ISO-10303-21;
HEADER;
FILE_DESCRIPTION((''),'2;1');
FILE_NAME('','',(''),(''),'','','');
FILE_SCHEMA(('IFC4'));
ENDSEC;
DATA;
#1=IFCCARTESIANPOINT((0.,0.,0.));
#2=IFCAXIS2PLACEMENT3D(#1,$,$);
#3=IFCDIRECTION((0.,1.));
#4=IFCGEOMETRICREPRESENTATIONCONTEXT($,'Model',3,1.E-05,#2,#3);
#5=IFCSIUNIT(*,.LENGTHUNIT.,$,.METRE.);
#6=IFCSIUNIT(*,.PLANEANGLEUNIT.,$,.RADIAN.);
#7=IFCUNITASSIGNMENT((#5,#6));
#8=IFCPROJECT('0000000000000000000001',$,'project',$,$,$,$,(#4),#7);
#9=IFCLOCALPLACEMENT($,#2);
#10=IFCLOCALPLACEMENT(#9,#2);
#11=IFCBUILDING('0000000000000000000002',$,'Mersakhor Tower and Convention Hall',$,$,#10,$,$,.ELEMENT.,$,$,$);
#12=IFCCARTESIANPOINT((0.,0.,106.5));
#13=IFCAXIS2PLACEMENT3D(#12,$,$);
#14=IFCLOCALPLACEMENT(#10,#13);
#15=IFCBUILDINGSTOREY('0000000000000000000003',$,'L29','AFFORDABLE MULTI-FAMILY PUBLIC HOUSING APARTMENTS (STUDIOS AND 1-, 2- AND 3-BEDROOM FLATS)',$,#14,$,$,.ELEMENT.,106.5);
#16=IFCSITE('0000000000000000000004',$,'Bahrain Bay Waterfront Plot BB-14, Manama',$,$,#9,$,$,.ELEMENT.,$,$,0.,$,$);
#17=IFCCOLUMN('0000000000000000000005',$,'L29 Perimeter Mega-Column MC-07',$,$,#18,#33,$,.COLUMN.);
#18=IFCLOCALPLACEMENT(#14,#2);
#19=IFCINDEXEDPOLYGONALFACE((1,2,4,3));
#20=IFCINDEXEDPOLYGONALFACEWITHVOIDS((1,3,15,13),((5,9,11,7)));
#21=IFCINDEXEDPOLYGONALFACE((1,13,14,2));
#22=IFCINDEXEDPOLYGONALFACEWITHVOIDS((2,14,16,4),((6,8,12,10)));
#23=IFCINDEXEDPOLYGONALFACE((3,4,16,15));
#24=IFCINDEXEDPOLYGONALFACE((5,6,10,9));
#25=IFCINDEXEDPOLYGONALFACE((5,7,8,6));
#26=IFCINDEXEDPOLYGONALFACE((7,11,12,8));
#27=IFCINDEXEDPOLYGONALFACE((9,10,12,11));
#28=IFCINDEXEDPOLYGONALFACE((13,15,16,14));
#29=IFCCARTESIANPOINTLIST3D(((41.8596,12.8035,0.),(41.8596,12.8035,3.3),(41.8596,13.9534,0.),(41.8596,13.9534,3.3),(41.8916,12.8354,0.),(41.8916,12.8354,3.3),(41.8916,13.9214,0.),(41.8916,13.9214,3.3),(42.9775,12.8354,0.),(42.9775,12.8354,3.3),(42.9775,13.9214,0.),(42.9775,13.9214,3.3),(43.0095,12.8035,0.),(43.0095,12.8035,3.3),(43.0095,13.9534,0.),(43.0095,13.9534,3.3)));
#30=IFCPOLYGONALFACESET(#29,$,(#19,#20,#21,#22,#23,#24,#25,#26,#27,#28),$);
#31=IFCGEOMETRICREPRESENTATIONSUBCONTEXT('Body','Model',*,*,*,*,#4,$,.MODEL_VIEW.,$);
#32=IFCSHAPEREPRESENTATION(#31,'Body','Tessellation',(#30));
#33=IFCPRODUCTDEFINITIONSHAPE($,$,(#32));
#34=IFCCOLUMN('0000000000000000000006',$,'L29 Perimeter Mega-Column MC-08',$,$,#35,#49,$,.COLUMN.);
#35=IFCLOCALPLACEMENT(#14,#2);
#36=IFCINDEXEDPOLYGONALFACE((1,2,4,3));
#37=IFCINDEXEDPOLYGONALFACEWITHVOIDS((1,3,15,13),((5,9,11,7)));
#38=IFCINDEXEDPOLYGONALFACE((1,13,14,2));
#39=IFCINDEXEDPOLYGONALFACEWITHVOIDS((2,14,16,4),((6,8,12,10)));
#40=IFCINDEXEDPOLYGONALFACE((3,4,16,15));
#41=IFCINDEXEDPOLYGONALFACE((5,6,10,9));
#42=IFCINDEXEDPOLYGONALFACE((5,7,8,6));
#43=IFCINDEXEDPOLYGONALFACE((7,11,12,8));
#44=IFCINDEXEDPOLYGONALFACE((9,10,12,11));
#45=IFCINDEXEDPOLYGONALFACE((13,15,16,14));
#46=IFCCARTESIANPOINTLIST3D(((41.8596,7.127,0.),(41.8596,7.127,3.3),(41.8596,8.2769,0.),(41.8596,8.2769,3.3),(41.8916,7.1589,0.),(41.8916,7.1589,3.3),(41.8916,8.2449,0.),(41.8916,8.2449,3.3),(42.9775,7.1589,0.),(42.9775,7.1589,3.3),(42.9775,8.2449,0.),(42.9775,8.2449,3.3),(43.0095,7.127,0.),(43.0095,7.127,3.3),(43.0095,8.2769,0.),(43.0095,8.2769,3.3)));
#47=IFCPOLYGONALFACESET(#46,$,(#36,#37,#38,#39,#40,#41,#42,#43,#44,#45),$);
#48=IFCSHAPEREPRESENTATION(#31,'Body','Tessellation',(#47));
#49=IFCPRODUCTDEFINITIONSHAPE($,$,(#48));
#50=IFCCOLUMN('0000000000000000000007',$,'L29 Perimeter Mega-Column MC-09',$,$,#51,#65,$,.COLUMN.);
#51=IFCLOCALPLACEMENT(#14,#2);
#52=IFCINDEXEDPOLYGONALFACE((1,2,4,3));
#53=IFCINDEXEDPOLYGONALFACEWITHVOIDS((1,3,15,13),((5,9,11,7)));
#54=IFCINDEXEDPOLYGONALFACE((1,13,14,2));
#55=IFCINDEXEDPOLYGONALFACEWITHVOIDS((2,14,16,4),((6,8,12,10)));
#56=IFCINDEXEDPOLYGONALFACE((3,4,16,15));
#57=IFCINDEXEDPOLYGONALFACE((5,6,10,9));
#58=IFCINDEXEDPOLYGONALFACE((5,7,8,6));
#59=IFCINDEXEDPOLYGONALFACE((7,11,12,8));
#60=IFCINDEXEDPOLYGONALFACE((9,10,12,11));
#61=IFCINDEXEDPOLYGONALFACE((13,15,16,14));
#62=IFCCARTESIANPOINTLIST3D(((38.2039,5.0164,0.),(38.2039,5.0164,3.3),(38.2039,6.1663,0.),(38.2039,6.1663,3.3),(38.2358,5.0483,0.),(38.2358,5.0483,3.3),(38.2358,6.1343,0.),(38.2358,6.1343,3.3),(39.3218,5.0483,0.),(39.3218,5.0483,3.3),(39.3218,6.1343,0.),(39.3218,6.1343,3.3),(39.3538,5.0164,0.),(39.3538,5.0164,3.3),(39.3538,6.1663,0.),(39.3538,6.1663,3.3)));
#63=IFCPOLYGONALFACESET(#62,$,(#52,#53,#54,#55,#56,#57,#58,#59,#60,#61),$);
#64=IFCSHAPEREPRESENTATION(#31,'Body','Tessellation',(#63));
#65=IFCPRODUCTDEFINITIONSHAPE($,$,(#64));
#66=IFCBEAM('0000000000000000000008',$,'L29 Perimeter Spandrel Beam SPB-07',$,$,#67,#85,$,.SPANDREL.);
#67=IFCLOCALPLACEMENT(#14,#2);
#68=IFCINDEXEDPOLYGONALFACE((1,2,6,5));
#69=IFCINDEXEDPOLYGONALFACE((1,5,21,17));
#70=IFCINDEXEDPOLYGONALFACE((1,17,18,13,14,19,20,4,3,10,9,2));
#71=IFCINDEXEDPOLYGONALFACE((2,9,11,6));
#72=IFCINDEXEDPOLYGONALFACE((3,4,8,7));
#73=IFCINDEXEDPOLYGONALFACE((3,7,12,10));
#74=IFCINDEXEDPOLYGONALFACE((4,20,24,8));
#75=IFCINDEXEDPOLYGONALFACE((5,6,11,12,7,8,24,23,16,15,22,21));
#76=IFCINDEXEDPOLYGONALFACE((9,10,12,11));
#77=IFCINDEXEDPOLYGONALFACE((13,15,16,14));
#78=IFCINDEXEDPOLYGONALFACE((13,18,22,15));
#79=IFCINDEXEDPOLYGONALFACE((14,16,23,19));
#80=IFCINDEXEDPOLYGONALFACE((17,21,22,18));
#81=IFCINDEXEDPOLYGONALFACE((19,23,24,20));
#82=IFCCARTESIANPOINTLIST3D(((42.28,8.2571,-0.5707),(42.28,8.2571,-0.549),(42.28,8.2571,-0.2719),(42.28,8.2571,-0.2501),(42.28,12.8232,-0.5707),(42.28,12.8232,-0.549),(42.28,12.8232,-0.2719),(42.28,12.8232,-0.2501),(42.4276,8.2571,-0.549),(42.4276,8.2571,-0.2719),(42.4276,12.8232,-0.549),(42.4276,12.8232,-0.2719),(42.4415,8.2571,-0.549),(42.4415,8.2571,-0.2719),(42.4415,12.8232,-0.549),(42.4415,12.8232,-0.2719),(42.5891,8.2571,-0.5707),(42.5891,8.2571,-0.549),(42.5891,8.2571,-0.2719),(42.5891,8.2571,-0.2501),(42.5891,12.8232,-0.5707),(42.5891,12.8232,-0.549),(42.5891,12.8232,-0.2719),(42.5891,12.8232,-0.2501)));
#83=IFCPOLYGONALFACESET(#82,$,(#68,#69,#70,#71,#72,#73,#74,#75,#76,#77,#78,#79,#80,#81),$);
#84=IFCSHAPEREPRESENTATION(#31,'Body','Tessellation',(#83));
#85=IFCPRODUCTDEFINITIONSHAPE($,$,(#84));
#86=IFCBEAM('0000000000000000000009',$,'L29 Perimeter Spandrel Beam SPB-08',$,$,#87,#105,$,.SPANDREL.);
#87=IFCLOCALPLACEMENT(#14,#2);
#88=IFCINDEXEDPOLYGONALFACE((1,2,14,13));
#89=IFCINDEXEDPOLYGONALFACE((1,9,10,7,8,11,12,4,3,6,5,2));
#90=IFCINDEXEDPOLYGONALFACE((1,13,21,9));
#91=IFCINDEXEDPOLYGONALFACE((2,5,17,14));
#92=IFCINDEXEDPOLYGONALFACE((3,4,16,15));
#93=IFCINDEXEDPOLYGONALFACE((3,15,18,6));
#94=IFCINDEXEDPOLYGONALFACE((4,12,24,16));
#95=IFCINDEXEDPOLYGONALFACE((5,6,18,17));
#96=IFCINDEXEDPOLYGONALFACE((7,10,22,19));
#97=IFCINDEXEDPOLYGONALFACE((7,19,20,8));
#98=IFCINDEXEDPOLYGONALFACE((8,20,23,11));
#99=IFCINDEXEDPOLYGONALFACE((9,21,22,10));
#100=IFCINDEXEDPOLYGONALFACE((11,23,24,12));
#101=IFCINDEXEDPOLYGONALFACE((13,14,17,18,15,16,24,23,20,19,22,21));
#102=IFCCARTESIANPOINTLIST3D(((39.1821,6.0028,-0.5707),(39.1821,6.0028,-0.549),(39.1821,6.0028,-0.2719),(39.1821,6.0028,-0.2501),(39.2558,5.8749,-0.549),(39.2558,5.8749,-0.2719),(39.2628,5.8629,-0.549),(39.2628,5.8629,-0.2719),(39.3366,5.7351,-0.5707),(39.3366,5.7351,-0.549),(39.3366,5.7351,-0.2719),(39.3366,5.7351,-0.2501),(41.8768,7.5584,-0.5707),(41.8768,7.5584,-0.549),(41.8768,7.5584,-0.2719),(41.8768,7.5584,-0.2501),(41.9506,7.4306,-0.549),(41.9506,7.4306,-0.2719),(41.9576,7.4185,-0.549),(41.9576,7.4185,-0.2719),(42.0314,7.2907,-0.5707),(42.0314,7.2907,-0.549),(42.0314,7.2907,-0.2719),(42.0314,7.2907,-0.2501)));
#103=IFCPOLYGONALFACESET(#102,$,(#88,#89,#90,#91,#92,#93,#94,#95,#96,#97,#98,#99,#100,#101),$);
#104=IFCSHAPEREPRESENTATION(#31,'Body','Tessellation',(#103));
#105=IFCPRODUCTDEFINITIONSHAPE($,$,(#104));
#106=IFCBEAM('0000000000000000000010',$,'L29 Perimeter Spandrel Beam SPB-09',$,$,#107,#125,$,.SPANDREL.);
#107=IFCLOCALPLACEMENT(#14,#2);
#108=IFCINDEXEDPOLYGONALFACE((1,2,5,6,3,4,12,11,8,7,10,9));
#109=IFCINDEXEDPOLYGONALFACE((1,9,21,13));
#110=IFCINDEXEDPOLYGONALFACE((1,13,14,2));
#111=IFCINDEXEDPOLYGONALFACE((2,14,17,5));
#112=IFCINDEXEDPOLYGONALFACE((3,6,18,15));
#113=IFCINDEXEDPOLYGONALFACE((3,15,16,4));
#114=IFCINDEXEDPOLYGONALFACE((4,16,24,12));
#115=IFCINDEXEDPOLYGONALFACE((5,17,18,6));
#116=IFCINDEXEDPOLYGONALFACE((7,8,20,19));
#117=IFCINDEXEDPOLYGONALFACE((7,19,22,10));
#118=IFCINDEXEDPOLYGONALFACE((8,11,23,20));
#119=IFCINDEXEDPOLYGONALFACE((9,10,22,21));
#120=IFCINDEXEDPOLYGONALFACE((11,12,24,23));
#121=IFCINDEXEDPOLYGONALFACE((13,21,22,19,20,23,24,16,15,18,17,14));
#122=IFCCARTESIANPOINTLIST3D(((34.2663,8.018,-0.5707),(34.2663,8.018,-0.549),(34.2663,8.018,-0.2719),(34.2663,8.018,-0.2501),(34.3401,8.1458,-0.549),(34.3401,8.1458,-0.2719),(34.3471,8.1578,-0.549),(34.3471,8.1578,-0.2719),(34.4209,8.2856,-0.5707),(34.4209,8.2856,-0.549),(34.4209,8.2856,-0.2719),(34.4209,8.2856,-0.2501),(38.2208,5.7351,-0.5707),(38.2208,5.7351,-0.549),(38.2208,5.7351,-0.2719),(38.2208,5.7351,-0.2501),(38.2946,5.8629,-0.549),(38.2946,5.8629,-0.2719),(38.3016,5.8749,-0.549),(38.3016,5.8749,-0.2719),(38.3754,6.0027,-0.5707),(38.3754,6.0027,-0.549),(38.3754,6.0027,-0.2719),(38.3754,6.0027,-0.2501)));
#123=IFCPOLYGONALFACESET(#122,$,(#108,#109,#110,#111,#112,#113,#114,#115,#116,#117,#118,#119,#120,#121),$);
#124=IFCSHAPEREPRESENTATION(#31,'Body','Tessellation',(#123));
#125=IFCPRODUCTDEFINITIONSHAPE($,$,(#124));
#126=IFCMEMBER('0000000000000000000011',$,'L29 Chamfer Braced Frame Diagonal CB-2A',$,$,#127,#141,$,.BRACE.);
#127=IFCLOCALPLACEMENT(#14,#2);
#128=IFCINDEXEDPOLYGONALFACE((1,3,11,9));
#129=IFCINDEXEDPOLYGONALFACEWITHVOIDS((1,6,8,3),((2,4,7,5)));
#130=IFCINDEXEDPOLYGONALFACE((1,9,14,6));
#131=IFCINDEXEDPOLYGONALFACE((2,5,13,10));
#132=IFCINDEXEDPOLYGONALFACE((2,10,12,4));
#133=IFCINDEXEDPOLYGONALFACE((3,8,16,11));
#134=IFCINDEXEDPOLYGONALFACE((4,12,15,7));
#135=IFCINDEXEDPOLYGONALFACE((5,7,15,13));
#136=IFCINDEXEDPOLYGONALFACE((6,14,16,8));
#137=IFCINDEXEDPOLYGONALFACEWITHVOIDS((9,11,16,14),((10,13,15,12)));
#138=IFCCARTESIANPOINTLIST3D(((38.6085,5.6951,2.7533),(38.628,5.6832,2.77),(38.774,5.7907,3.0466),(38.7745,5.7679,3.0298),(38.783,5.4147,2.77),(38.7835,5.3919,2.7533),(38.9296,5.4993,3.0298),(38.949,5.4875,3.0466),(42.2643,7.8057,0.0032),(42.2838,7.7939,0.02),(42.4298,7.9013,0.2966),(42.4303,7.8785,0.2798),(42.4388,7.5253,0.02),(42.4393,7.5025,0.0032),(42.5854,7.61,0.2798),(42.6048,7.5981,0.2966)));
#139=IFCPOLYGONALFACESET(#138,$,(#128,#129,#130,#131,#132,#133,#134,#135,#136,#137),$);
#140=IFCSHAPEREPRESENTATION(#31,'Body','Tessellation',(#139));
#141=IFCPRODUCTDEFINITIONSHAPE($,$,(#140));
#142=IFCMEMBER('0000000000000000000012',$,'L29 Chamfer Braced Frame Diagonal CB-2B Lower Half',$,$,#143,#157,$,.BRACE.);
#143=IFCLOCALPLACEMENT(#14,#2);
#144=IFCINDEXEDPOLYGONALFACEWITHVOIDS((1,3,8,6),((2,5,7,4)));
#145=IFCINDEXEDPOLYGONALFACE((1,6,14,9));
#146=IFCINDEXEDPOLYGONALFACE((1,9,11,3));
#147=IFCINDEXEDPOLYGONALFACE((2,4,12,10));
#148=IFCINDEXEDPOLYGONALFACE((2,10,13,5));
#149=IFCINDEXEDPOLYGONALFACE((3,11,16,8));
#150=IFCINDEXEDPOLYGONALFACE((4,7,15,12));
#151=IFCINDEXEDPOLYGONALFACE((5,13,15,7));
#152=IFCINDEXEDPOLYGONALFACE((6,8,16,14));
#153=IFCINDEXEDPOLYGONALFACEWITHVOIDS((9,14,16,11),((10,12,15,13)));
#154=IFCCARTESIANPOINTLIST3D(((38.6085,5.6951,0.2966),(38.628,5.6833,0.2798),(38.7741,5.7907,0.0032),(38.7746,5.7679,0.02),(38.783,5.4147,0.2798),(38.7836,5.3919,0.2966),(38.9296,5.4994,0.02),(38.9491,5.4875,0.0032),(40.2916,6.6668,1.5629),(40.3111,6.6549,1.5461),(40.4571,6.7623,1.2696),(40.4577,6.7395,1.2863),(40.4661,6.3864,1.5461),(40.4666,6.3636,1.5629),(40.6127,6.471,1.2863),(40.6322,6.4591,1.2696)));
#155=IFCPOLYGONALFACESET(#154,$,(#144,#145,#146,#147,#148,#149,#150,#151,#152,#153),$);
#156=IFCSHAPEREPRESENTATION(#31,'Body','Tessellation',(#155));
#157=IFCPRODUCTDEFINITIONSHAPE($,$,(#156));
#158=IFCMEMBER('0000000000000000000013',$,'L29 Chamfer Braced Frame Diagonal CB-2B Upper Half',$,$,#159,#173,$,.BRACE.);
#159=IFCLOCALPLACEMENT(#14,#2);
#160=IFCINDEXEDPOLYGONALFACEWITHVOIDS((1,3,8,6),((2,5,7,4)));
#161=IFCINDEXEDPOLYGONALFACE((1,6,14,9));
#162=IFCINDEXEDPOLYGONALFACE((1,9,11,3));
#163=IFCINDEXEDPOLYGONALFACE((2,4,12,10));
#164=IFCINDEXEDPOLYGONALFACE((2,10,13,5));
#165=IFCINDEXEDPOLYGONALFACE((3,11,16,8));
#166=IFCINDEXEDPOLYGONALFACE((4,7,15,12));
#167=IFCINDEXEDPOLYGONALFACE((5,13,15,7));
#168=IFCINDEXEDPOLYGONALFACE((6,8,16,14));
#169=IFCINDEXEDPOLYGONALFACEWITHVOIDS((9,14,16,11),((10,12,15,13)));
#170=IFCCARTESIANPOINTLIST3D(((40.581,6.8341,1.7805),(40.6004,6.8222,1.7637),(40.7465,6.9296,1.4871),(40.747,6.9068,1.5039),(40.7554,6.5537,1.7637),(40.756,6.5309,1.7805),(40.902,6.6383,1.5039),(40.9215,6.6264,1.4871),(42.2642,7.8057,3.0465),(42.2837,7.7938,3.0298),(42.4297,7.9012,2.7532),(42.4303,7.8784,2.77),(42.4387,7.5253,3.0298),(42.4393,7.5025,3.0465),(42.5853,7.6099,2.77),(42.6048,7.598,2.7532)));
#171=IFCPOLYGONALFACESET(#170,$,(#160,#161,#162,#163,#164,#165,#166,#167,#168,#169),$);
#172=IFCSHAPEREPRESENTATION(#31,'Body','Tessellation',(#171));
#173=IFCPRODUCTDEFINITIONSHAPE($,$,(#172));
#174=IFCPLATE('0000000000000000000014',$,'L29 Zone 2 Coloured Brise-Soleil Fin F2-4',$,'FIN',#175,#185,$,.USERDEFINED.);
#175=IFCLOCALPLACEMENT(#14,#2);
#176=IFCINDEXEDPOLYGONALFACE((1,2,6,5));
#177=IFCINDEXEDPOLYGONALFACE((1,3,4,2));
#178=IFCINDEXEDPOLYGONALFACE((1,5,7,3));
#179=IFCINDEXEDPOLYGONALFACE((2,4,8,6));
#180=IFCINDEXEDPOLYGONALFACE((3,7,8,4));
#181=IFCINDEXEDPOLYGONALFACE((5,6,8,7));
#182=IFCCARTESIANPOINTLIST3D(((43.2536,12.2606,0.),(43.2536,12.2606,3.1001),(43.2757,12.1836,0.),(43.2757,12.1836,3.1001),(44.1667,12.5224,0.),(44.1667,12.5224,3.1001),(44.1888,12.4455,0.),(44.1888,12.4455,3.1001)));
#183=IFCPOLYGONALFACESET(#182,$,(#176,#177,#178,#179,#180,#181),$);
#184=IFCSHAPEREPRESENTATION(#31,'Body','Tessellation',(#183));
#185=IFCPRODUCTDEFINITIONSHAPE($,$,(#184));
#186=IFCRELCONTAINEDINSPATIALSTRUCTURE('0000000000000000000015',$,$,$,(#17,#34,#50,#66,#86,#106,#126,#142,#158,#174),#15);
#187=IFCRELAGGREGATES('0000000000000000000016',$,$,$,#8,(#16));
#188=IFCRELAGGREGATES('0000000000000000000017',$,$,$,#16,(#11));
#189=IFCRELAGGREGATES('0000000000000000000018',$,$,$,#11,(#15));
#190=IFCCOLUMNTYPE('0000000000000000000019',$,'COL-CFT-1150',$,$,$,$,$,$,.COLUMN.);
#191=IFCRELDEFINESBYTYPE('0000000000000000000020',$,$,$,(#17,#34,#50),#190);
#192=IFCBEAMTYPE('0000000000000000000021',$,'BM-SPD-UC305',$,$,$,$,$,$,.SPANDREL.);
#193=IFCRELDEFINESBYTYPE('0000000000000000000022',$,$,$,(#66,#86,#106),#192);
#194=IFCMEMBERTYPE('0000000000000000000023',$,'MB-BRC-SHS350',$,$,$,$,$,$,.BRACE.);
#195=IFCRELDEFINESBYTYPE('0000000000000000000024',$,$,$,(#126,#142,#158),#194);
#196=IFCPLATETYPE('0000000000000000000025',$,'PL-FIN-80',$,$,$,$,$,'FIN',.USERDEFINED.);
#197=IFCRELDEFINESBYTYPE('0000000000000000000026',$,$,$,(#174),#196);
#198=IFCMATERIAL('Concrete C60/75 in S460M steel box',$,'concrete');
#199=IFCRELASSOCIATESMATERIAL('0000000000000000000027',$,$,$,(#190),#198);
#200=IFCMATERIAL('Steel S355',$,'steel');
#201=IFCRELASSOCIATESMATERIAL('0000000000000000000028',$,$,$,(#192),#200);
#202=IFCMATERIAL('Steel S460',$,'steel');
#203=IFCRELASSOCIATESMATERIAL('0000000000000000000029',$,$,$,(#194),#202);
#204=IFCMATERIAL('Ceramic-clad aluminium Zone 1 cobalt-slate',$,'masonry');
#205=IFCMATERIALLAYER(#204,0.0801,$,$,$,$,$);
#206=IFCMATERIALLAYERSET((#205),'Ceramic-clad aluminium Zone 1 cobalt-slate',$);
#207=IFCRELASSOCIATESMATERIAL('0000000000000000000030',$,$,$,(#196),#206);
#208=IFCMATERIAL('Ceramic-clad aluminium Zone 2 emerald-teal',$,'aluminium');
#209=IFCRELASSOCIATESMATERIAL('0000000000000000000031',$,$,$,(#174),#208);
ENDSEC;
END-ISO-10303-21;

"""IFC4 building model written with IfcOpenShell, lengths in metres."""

from ifc_helpers import new_model, si_unit, direction, frame, origin, origin_2d, place, context, subcontext, project, spatial, rectangle, hollow_rectangle, i_section, extrude, material, layer, layer_set, material_profile, profile_set, type_object, element, save


model = new_model("IFC4")

# Units and contexts
model_context = context("Model", 3, precision=1e-05, world=origin(), true_north=direction((0.0, 1.0)))
body_context = subcontext(model_context, "Body", "Model", "MODEL_VIEW")
ifc_project = project(units=[si_unit("LENGTHUNIT", "METRE"), si_unit("PLANEANGLEUNIT", "RADIAN")], contexts=[model_context])

# Site, building, storey
site_placement = place(None, origin())
site = spatial("IfcSite", under=ifc_project, at=site_placement, Name="Bahrain Bay Waterfront Plot BB-14, Manama", CompositionType="ELEMENT", RefElevation=0.0)
building_placement = place(site_placement, origin())
building = spatial("IfcBuilding", under=site, at=building_placement, Name="Mersakhor Tower and Convention Hall", CompositionType="ELEMENT")
storey_placement = place(building_placement, frame((0.0, 0.0, 106.5)))
storey = spatial("IfcBuildingStorey", under=building, at=storey_placement, Name="L29", Description="AFFORDABLE MULTI-FAMILY PUBLIC HOUSING APARTMENTS (STUDIOS AND 1-, 2- AND 3-BEDROOM FLATS)", CompositionType="ELEMENT", Elevation=106.5)

# Columns
ifc_material_1 = material(Name="Concrete C60/75 in S460M steel box", Category="concrete")
ifc_material_profile_1 = material_profile(ifc_material_1, hollow_rectangle(XDim=1.1499, YDim=1.1499, WallThickness=0.032, at=origin_2d()), Name="SHS 1150x1150x32")
ifc_profile_set_1 = profile_set([ifc_material_profile_1], Name="Concrete C60/75 in S460M steel box")
column_type = type_object("IfcColumnType", Name="COL-CFT-1150", PredefinedType="COLUMN", material=ifc_profile_set_1)
for number, where, z_axis, x_axis, name in (
    (1, (42.4346, 13.3784, 0.0), (0.0, 0.0, 1.0), (1.0, 0.0, 0.0), "L29 Perimeter Mega-Column MC-07"),
    (2, (42.4346, 7.7019, 0.0), (0.0, 0.0, 1.0), (1.0, 0.0, 0.0), "L29 Perimeter Mega-Column MC-08"),
    (3, (38.7788, 5.5913, 0.0), (0.0, 0.0, 1.0), (1.0, 0.0, 0.0), "L29 Perimeter Mega-Column MC-09"),
):
    element("IfcColumn", number, at=place(storey_placement, frame(where, z_axis=z_axis, x_axis=x_axis)), inside=storey, type_object=column_type, Name=name, PredefinedType="COLUMN", context=body_context, shape_type="SweptSolid", body=[
        extrude(hollow_rectangle(XDim=1.1499, YDim=1.1499, WallThickness=0.032, at=origin_2d()), origin(), (0.0, 0.0, 1.0), 3.3),
    ])

# Beams
ifc_material_2 = material(Name="Steel S355", Category="steel")
ifc_material_profile_2 = material_profile(ifc_material_2, i_section(OverallWidth=0.3091, OverallDepth=0.3206, WebThickness=0.0139, FlangeThickness=0.0217, at=origin_2d()), Name="UC 305x305x137")
ifc_profile_set_2 = profile_set([ifc_material_profile_2], Name="Steel S355")
beam_type = type_object("IfcBeamType", Name="BM-SPD-UC305", PredefinedType="SPANDREL", material=ifc_profile_set_2)
beam_1_placement = place(storey_placement, frame((42.4346, 12.8232, -0.4104), z_axis=(0.0, -1.0, 0.0), x_axis=(1.0, 0.0, 0.0)))
element("IfcBeam", 4, at=beam_1_placement, inside=storey, type_object=beam_type, Name="L29 Perimeter Spandrel Beam SPB-07", PredefinedType="SPANDREL", context=body_context, shape_type="SweptSolid", body=[
    extrude(i_section(OverallWidth=0.3091, OverallDepth=0.3206, WebThickness=0.0139, FlangeThickness=0.0217, at=origin_2d()), origin(), (0.0, 0.0, 1.0), 4.5662),
])
beam_2_placement = place(storey_placement, frame((41.9541, 7.4246, -0.4104), z_axis=(-0.866052, -0.499953, 0.0), x_axis=(0.499953, -0.866052, 0.0)))
element("IfcBeam", 5, at=beam_2_placement, inside=storey, type_object=beam_type, Name="L29 Perimeter Spandrel Beam SPB-08", PredefinedType="SPANDREL", context=body_context, shape_type="SweptSolid", body=[
    extrude(i_section(OverallWidth=0.3091, OverallDepth=0.3206, WebThickness=0.0139, FlangeThickness=0.0217, at=origin_2d()), origin(), (0.0, 0.0, 1.0), 3.1116),
])
beam_3_placement = place(storey_placement, frame((38.2981, 5.8689, -0.4104), z_axis=(-0.866047, 0.499963, 0.0), x_axis=(-0.499963, -0.866047, 0.0)))
element("IfcBeam", 6, at=beam_3_placement, inside=storey, type_object=beam_type, Name="L29 Perimeter Spandrel Beam SPB-09", PredefinedType="SPANDREL", context=body_context, shape_type="SweptSolid", body=[
    extrude(i_section(OverallWidth=0.3091, OverallDepth=0.3206, WebThickness=0.0139, FlangeThickness=0.0217, at=origin_2d()), origin(), (0.0, 0.0, 1.0), 4.5662),
])

# Members
ifc_material_3 = material(Name="Steel S460", Category="steel")
ifc_material_profile_3 = material_profile(ifc_material_3, hollow_rectangle(XDim=0.3501, YDim=0.3501, WallThickness=0.02, at=origin_2d()), Name="SHS 350x350x20")
ifc_profile_set_3 = profile_set([ifc_material_profile_3], Name="Steel S460")
member_type = type_object("IfcMemberType", Name="MB-BRC-SHS350", PredefinedType="BRACE", material=ifc_profile_set_3)
member_placement = place(storey_placement, frame((42.4346, 7.7019, 0.1499), z_axis=(-0.725634, -0.418933, 0.545849), x_axis=(0.499989, -0.866031, 0.0)))
element("IfcMember", 7, at=member_placement, inside=storey, type_object=member_type, Name="L29 Chamfer Braced Frame Diagonal CB-2A", PredefinedType="BRACE", context=body_context, shape_type="SweptSolid", body=[
    extrude(hollow_rectangle(XDim=0.3501, YDim=0.3501, WallThickness=0.02, at=origin_2d()), origin(), (0.0, 0.0, 1.0), 5.0381),
])
for number, where, z_axis, x_axis, name in (
    (8, (38.7788, 5.5913, 0.1499), (0.725593, 0.418895, 0.545932), (-0.499976, 0.866039, 0.0), "L29 Chamfer Braced Frame Diagonal CB-2B Lower Half"),
    (9, (40.7512, 6.7302, 1.6338), (0.725685, 0.418887, 0.545816), (-0.499922, 0.866071, 0.0), "L29 Chamfer Braced Frame Diagonal CB-2B Upper Half"),
):
    element("IfcMember", number, at=place(storey_placement, frame(where, z_axis=z_axis, x_axis=x_axis)), inside=storey, type_object=member_type, Name=name, PredefinedType="BRACE", context=body_context, shape_type="SweptSolid", body=[
        extrude(hollow_rectangle(XDim=0.3501, YDim=0.3501, WallThickness=0.02, at=origin_2d()), origin(), (0.0, 0.0, 1.0), 2.3196),
    ])

# Plate
ifc_material_4 = material(Name="Ceramic-clad aluminium Zone 2 emerald-teal", Category="aluminium")
ifc_material_5 = material(Name="Ceramic-clad aluminium Zone 1 cobalt-slate", Category="masonry")
ifc_layer_1 = layer(ifc_material_5, 0.0801)
ifc_layer_set_1 = layer_set([ifc_layer_1], Name="Ceramic-clad aluminium Zone 1 cobalt-slate")
plate_type_1 = type_object("IfcPlateType", Name="PL-FIN-80", ElementType="FIN", PredefinedType="USERDEFINED", material=ifc_layer_set_1)
plate_1_placement = place(storey_placement, frame((43.7212, 12.353, 0.0), z_axis=(0.0, 0.0, 1.0), x_axis=(0.961262, 0.275637, 0.0)))
element("IfcPlate", 10, at=plate_1_placement, inside=storey, type_object=plate_type_1, material=ifc_material_4, Name="L29 Zone 2 Coloured Brise-Soleil Fin F2-4", ObjectType="FIN", PredefinedType="USERDEFINED", context=body_context, shape_type="SweptSolid", body=[
    extrude(rectangle(XDim=0.95, YDim=0.0801, at=origin_2d()), origin(), (0.0, 0.0, 1.0), 3.1001),
])

save(model, "model.ifc")
